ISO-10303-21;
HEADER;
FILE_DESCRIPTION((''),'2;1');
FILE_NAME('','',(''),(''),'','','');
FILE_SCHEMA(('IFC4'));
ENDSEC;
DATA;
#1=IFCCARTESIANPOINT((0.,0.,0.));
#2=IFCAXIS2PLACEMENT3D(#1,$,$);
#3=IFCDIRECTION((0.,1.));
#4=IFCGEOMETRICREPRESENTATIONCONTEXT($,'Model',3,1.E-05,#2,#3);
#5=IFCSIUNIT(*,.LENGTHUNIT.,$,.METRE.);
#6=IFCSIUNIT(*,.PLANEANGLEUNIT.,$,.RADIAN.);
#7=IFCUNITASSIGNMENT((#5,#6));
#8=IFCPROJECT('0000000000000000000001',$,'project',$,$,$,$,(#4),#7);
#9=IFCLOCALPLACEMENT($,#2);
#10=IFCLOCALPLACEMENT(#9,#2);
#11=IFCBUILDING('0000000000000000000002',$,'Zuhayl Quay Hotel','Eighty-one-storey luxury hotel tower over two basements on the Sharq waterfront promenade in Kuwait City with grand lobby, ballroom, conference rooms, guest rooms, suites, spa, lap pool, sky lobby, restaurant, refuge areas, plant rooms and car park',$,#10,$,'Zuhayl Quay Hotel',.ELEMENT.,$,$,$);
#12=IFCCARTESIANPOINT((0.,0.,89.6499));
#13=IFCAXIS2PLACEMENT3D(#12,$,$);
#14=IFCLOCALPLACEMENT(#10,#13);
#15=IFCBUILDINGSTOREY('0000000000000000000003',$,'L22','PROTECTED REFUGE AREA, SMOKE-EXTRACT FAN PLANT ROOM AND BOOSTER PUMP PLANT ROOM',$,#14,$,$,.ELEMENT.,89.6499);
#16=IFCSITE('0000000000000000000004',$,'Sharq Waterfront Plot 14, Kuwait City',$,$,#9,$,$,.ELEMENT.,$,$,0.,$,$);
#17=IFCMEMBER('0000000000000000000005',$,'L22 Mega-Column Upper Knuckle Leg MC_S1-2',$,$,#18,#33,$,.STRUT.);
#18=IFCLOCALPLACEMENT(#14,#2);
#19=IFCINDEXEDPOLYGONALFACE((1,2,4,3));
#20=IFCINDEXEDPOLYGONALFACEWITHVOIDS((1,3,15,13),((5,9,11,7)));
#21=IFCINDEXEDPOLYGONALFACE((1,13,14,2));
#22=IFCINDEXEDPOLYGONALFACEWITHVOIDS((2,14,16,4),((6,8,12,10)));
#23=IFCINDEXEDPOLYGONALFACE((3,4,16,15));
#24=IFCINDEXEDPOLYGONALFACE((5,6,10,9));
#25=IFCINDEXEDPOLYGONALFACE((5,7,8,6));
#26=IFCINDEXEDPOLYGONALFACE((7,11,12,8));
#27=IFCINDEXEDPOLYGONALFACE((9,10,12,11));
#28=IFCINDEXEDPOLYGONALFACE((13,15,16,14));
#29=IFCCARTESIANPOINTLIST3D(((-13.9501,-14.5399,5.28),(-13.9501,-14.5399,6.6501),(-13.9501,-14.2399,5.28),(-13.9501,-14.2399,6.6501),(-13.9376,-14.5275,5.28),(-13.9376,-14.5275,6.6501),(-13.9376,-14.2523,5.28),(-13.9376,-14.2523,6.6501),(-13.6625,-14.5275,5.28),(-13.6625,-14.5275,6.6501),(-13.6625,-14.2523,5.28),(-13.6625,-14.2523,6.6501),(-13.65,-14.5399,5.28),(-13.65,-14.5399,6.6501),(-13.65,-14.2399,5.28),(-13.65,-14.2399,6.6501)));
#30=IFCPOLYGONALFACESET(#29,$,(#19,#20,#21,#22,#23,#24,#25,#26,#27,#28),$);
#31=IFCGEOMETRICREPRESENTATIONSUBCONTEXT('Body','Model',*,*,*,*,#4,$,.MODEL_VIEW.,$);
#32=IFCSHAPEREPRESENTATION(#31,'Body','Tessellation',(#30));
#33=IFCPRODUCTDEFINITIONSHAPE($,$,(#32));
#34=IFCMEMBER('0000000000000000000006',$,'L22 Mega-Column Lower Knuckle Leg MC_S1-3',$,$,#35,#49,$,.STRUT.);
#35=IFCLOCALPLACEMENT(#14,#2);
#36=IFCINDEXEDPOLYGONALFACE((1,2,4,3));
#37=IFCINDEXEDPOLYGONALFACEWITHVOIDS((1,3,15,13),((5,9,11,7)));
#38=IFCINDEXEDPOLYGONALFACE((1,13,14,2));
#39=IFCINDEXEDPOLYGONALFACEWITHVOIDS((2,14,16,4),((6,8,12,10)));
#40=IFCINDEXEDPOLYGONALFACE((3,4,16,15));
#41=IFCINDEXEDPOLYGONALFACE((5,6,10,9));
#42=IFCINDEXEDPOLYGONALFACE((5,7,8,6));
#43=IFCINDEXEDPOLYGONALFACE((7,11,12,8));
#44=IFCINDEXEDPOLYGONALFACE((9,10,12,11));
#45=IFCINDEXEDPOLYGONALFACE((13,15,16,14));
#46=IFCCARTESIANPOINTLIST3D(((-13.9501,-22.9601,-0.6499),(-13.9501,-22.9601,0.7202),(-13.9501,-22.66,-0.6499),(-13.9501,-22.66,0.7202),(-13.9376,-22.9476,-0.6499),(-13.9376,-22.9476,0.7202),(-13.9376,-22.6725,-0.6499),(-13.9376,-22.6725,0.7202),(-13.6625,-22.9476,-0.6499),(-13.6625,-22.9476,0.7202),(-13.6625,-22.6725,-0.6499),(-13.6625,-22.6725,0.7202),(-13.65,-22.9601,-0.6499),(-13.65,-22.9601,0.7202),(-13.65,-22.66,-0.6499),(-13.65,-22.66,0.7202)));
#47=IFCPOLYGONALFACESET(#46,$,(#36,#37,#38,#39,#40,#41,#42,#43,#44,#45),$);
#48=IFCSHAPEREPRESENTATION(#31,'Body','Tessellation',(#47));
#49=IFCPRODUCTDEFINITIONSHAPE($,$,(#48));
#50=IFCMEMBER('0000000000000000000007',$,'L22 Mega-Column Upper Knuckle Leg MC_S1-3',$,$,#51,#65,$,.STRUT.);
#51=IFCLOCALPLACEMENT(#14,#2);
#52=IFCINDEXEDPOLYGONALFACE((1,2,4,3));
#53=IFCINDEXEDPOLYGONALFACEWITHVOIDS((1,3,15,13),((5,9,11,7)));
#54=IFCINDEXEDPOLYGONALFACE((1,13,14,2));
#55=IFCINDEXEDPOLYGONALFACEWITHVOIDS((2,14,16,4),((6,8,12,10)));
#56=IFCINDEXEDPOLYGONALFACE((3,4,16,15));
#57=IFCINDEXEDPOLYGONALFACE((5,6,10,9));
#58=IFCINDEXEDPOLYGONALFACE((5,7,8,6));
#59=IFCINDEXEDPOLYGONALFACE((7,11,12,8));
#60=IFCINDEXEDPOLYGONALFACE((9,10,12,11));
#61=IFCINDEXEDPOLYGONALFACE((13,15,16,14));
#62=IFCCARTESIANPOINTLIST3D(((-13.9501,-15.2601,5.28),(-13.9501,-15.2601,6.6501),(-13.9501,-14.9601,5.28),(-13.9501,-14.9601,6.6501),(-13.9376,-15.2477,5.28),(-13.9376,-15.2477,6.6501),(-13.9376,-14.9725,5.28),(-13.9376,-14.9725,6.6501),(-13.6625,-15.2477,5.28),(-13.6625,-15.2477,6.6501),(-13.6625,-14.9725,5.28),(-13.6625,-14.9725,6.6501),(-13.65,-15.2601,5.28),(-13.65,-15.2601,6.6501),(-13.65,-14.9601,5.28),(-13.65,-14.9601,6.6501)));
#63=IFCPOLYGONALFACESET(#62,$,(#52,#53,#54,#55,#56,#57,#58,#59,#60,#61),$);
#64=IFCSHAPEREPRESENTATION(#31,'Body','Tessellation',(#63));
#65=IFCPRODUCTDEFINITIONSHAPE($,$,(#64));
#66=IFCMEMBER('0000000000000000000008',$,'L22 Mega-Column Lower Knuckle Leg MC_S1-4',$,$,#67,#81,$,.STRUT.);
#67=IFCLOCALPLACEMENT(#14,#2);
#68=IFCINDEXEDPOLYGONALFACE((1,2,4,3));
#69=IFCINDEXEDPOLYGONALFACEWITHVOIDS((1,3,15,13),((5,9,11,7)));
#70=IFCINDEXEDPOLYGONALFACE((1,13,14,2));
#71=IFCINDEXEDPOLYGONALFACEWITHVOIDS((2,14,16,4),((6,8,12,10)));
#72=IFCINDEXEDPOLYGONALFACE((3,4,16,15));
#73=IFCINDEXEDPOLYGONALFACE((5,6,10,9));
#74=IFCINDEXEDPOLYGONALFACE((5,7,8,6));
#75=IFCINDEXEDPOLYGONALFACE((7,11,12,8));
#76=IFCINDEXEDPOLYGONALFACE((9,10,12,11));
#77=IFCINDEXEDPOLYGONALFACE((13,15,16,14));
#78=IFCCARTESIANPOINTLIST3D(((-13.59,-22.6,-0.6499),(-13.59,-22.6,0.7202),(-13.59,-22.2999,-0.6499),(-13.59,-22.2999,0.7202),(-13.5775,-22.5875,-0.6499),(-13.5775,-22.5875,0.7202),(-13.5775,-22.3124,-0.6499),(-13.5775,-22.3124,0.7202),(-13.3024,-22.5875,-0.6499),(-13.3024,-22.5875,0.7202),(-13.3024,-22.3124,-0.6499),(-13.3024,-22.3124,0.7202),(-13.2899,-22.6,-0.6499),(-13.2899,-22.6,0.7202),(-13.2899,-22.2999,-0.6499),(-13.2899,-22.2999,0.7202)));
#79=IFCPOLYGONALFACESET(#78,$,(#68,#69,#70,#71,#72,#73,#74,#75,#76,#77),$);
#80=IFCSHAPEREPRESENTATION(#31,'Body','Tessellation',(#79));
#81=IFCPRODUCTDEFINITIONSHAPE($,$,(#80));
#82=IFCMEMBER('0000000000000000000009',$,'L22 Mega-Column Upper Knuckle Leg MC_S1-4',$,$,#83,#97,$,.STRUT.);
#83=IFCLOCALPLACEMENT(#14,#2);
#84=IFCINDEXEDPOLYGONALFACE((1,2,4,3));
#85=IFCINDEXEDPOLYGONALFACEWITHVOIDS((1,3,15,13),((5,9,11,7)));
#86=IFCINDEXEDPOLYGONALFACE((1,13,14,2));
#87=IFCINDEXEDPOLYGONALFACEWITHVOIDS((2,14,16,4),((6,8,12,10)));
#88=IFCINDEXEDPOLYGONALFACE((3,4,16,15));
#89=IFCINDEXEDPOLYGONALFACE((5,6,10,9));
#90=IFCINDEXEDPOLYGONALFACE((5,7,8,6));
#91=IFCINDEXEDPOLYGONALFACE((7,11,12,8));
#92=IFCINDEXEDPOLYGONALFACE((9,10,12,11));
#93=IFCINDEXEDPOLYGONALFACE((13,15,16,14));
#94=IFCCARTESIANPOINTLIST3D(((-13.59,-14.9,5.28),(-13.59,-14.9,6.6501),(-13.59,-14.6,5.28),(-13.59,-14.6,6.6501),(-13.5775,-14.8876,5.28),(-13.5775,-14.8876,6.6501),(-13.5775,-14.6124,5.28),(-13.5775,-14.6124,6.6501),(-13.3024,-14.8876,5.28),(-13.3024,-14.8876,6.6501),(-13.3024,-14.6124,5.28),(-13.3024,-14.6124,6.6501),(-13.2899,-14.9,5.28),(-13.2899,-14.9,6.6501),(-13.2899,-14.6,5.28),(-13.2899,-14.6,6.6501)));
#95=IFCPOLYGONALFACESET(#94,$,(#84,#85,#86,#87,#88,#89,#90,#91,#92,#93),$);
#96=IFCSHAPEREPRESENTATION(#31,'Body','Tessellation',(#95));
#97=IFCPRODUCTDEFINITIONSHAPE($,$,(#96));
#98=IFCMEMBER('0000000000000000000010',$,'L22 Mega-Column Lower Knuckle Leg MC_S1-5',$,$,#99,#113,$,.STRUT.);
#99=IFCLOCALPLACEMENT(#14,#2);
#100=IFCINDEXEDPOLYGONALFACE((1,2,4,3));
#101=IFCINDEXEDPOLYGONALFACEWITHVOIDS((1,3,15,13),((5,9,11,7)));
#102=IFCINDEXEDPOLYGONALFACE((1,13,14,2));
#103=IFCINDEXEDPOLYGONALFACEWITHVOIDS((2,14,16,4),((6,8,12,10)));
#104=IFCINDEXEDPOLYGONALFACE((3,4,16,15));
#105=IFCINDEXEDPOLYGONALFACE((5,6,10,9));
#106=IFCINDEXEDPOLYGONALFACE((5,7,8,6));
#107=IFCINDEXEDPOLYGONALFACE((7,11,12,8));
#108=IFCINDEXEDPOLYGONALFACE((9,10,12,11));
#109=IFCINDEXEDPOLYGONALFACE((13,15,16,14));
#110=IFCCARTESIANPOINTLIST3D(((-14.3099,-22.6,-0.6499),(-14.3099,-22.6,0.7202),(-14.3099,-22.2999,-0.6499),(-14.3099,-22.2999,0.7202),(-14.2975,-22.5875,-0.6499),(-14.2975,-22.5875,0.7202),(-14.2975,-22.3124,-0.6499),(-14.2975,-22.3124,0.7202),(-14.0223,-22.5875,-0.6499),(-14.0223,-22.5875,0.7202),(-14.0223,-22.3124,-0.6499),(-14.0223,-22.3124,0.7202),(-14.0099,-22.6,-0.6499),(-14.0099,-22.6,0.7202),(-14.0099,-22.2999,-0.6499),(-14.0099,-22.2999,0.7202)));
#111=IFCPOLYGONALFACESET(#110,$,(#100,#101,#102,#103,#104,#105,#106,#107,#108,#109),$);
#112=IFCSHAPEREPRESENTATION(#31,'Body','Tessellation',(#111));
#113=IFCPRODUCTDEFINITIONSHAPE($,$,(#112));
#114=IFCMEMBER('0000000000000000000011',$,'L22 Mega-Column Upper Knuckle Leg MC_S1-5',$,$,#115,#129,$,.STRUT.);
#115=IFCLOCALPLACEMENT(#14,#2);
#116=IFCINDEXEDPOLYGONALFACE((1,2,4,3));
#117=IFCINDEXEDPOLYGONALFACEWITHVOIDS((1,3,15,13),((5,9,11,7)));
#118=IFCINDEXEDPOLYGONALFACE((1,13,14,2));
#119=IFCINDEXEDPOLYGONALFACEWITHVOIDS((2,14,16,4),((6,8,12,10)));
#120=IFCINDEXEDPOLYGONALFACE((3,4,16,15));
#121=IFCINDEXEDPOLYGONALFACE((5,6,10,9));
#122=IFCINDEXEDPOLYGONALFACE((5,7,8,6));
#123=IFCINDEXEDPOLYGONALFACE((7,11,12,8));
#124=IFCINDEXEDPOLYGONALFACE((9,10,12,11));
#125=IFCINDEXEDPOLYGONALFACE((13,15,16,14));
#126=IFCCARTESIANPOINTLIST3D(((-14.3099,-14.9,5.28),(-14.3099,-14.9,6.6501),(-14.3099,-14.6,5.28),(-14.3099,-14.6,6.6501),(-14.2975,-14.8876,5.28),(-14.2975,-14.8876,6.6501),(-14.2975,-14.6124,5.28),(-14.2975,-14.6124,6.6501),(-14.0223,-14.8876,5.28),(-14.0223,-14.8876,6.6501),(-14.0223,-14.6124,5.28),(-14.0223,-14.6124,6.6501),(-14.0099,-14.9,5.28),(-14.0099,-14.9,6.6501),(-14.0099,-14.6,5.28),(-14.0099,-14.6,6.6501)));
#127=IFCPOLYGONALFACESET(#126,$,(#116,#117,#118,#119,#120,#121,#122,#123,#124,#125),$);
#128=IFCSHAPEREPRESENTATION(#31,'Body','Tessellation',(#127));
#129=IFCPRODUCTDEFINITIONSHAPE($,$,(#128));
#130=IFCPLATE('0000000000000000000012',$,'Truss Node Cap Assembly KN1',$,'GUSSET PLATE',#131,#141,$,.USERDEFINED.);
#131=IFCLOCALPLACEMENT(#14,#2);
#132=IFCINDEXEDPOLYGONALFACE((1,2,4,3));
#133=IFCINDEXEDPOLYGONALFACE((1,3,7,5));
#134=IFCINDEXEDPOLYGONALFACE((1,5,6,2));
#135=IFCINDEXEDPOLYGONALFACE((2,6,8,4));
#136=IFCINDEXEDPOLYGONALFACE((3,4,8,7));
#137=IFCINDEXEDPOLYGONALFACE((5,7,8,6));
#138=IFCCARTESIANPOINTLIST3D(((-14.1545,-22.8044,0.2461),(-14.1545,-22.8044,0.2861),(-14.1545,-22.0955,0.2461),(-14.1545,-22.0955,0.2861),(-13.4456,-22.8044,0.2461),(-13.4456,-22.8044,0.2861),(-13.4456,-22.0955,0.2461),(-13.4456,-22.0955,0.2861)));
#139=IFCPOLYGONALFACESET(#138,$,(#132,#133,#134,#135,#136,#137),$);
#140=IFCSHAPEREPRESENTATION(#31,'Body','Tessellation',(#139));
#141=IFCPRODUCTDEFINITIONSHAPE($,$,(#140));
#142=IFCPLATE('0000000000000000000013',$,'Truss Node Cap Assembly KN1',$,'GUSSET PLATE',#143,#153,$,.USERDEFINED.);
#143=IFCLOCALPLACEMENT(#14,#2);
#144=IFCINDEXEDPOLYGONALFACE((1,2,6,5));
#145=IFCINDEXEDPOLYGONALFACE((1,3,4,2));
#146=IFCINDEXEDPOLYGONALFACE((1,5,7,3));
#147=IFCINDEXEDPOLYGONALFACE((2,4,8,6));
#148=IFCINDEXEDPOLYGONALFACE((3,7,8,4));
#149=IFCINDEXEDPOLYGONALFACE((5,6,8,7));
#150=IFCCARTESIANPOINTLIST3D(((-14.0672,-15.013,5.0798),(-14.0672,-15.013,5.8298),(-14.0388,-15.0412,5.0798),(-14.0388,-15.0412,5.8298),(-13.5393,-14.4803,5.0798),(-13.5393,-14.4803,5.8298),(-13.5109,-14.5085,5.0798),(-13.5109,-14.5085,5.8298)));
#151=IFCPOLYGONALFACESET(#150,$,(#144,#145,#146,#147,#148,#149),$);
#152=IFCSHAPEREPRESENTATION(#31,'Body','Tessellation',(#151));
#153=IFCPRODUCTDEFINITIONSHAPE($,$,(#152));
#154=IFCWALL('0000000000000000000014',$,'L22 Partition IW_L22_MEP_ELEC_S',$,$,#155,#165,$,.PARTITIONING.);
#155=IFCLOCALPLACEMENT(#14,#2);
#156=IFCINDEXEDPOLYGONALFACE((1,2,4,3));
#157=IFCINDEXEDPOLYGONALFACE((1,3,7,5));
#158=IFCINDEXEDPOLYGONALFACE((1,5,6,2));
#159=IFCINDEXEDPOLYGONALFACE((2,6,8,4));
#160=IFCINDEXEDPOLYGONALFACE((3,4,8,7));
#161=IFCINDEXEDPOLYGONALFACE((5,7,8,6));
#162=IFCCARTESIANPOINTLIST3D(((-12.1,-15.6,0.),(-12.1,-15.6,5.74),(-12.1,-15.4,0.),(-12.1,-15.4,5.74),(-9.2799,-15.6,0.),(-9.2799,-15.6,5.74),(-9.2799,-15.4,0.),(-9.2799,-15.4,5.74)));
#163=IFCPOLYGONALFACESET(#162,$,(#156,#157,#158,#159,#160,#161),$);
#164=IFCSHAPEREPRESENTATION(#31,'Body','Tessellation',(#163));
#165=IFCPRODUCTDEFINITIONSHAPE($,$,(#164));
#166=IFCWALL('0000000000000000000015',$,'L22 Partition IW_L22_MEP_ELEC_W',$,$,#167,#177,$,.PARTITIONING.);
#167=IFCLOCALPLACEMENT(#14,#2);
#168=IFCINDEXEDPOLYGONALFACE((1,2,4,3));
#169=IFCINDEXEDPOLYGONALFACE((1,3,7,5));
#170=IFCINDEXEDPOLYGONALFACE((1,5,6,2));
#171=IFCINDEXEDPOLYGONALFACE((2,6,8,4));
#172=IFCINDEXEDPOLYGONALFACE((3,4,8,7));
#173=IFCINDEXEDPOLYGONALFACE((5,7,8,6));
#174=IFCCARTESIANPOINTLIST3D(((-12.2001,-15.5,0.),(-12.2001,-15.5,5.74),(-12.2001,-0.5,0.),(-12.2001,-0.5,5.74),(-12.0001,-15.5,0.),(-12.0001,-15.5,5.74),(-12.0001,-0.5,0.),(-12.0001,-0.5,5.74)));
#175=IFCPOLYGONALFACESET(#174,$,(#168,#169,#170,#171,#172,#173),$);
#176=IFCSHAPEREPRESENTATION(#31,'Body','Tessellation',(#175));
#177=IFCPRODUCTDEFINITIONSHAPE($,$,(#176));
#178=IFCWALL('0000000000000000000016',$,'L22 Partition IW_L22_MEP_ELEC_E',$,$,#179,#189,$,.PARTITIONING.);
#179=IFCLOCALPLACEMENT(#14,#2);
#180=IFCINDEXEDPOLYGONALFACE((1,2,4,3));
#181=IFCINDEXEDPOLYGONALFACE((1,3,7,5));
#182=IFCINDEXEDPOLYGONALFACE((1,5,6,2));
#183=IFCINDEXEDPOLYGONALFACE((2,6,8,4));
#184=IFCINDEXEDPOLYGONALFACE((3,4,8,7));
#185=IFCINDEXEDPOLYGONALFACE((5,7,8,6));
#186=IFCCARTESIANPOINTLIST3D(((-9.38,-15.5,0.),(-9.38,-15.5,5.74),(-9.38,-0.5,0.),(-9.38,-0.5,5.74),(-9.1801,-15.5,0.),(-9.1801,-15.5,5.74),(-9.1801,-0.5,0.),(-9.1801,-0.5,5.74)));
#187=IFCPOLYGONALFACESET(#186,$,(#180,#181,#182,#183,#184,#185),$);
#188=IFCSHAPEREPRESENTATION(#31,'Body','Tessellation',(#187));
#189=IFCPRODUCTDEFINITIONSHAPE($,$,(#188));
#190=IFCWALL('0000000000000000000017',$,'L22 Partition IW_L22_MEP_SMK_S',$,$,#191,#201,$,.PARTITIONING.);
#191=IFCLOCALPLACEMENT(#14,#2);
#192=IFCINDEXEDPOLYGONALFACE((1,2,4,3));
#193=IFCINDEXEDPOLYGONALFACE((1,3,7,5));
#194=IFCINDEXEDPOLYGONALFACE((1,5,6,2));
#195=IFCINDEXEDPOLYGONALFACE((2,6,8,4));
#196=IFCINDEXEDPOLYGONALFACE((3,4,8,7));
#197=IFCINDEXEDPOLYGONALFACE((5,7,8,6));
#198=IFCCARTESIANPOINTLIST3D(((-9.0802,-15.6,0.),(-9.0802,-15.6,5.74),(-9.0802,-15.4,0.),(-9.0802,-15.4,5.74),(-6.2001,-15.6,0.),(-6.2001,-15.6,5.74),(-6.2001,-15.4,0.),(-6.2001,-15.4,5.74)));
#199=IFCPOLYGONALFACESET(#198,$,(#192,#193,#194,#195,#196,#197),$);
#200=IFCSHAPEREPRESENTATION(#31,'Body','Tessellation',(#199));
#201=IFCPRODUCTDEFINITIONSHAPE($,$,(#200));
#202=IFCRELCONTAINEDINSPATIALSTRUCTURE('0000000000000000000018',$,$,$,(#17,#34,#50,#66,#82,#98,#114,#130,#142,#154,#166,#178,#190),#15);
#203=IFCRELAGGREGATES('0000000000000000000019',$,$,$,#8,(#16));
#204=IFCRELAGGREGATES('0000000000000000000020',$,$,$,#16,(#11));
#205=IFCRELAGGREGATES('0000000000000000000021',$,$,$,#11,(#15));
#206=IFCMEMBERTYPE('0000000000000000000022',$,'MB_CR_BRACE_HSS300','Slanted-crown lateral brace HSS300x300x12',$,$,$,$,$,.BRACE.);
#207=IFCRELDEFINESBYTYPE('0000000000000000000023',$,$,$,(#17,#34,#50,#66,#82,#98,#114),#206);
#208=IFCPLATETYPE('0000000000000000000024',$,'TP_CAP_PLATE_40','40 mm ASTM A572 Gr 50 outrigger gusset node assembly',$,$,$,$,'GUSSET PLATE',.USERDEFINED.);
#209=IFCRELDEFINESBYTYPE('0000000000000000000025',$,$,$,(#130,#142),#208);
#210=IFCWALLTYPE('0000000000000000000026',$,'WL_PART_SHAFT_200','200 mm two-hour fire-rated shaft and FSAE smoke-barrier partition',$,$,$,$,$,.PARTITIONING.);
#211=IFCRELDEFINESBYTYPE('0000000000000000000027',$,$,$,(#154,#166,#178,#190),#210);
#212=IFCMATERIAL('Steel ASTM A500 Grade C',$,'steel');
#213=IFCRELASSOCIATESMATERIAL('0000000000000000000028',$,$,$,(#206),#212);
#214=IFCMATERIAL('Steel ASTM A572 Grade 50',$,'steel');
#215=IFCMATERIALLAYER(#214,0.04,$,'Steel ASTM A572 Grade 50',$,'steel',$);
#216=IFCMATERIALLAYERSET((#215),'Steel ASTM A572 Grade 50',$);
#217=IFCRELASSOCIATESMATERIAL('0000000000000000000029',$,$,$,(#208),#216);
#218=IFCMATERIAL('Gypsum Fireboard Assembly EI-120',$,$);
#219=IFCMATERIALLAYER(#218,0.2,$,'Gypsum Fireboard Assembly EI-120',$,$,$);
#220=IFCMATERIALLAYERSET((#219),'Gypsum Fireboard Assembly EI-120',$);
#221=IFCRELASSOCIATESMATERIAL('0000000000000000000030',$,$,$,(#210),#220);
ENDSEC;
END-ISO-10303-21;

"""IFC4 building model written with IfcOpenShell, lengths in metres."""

from ifc_helpers import new_model, si_unit, direction, frame, frame_2d, origin, origin_2d, place, context, subcontext, project, spatial, rectangle, hollow_rectangle, extrude, material, layer, layer_set, material_profile, profile_set, type_object, element, save


model = new_model("IFC4")

# Units and contexts
model_context = context("Model", 3, precision=1e-05, world=origin(), true_north=direction((0.0, 1.0)))
body_context = subcontext(model_context, "Body", "Model", "MODEL_VIEW")
ifc_project = project(units=[si_unit("LENGTHUNIT", "METRE"), si_unit("PLANEANGLEUNIT", "RADIAN")], contexts=[model_context])

# Site, building, storey
site_placement = place(None, origin())
site = spatial("IfcSite", under=ifc_project, at=site_placement, Name="Sharq Waterfront Plot 14, Kuwait City", CompositionType="ELEMENT", RefElevation=0.0)
building_placement = place(site_placement, origin())
building = spatial("IfcBuilding", under=site, at=building_placement, Name="Zuhayl Quay Hotel", Description="Eighty-one-storey luxury hotel tower over two basements on the Sharq waterfront promenade in Kuwait City with grand lobby, ballroom, conference rooms, guest rooms, suites, spa, lap pool, sky lobby, restaurant, refuge areas, plant rooms and car park", LongName="Zuhayl Quay Hotel", CompositionType="ELEMENT")
storey_placement = place(building_placement, frame((0.0, 0.0, 89.6499)))
storey = spatial("IfcBuildingStorey", under=building, at=storey_placement, Name="L22", Description="PROTECTED REFUGE AREA, SMOKE-EXTRACT FAN PLANT ROOM AND BOOSTER PUMP PLANT ROOM", CompositionType="ELEMENT", Elevation=89.6499)

# Members
ifc_material_1 = material(Name="Steel ASTM A500 Grade C", Category="steel")
ifc_material_profile_1 = material_profile(ifc_material_1, hollow_rectangle(XDim=0.3, YDim=0.3, WallThickness=0.0125, at=origin_2d()), Name="HSS300X300X12")
ifc_profile_set_1 = profile_set([ifc_material_profile_1], Name="Steel ASTM A500 Grade C")
member_type_1 = type_object("IfcMemberType", Name="MB_CR_BRACE_HSS300", Description="Slanted-crown lateral brace HSS300x300x12", PredefinedType="BRACE", material=ifc_profile_set_1)
for number, where, z_axis, x_axis, name in (
    (1, (-13.8, -14.3899, 5.28), (0.0, 0.0, 1.0), (1.0, 0.0, 0.0), "L22 Mega-Column Upper Knuckle Leg MC_S1-2"),
    (2, (-13.8, -22.8101, -0.6499), (0.0, 0.0, 1.0), (1.0, 0.0, 0.0), "L22 Mega-Column Lower Knuckle Leg MC_S1-3"),
    (3, (-13.8, -15.1101, 5.28), (0.0, 0.0, 1.0), (1.0, 0.0, 0.0), "L22 Mega-Column Upper Knuckle Leg MC_S1-3"),
    (4, (-13.4399, -22.45, -0.6499), (0.0, 0.0, 1.0), (1.0, 0.0, 0.0), "L22 Mega-Column Lower Knuckle Leg MC_S1-4"),
    (5, (-13.4399, -14.75, 5.28), (0.0, 0.0, 1.0), (1.0, 0.0, 0.0), "L22 Mega-Column Upper Knuckle Leg MC_S1-4"),
    (6, (-14.1599, -22.45, -0.6499), (0.0, 0.0, 1.0), (1.0, 0.0, 0.0), "L22 Mega-Column Lower Knuckle Leg MC_S1-5"),
    (7, (-14.1599, -14.75, 5.28), (0.0, 0.0, 1.0), (1.0, 0.0, 0.0), "L22 Mega-Column Upper Knuckle Leg MC_S1-5"),
):
    element("IfcMember", number, at=place(storey_placement, frame(where, z_axis=z_axis, x_axis=x_axis)), inside=storey, type_object=member_type_1, Name=name, PredefinedType="STRUT", context=body_context, shape_type="SweptSolid", body=[
        extrude(hollow_rectangle(XDim=0.3, YDim=0.3, WallThickness=0.0125, at=origin_2d()), origin(), (0.0, 0.0, 1.0), 1.3701),
    ])

# Plates
ifc_material_2 = material(Name="Steel ASTM A572 Grade 50", Category="steel")
ifc_layer_1 = layer(ifc_material_2, 0.04, Name="Steel ASTM A572 Grade 50", Category="steel")
ifc_layer_set_1 = layer_set([ifc_layer_1], Name="Steel ASTM A572 Grade 50")
plate_type = type_object("IfcPlateType", Name="TP_CAP_PLATE_40", Description="40 mm ASTM A572 Gr 50 outrigger gusset node assembly", ElementType="GUSSET PLATE", PredefinedType="USERDEFINED", material=ifc_layer_set_1)
plate_1_placement = place(storey_placement, frame((-13.8, -22.45, 0.2461), z_axis=(0.0, 0.0, 1.0), x_axis=(1.0, 0.0, 0.0)))
element("IfcPlate", 8, at=plate_1_placement, inside=storey, type_object=plate_type, Name="Truss Node Cap Assembly KN1", ObjectType="GUSSET PLATE", PredefinedType="USERDEFINED", context=body_context, shape_type="SweptSolid", body=[
    extrude(rectangle(XDim=0.709, YDim=0.709, at=origin_2d()), origin(), (0.0, 0.0, 1.0), 0.04),
])
plate_2_placement = place(storey_placement, frame((-13.7891, -14.7607, 5.0798), z_axis=(0.0, 0.0, 1.0), x_axis=(0.710308, -0.703891, 0.0)))
element("IfcPlate", 9, at=plate_2_placement, inside=storey, type_object=plate_type, Name="Truss Node Cap Assembly KN1", ObjectType="GUSSET PLATE", PredefinedType="USERDEFINED", context=body_context, shape_type="SweptSolid", body=[
    extrude(rectangle(XDim=0.04, YDim=0.75, at=origin_2d()), origin(), (0.0, 0.0, 1.0), 0.75),
])

# Walls
ifc_material_3 = material(Name="Gypsum Fireboard Assembly EI-120")
ifc_layer_2 = layer(ifc_material_3, 0.2, Name="Gypsum Fireboard Assembly EI-120")
ifc_layer_set_2 = layer_set([ifc_layer_2], Name="Gypsum Fireboard Assembly EI-120")
wall_type = type_object("IfcWallType", Name="WL_PART_SHAFT_200", Description="200 mm two-hour fire-rated shaft and FSAE smoke-barrier partition", PredefinedType="PARTITIONING", material=ifc_layer_set_2)
wall_1_placement = place(storey_placement, frame((-12.1001, -15.5, 0.0), z_axis=(0.0, 0.0, 1.0), x_axis=(1.0, 0.0, 0.0)))
element("IfcWall", 10, at=wall_1_placement, inside=storey, type_object=wall_type, Name="L22 Partition IW_L22_MEP_ELEC_S", PredefinedType="PARTITIONING", context=body_context, shape_type="SweptSolid", body=[
    extrude(rectangle(XDim=2.8201, YDim=0.2, at=frame_2d((1.4102, 0.0))), origin(), (0.0, 0.0, 1.0), 5.74),
])
for number, where, z_axis, x_axis, name in (
    (11, (-12.1001, -15.5, 0.0), (0.0, 0.0, 1.0), (0.0, 1.0, 0.0), "L22 Partition IW_L22_MEP_ELEC_W"),
    (12, (-9.28, -15.5, 0.0), (0.0, 0.0, 1.0), (0.0, 1.0, 0.0), "L22 Partition IW_L22_MEP_ELEC_E"),
):
    element("IfcWall", number, at=place(storey_placement, frame(where, z_axis=z_axis, x_axis=x_axis)), inside=storey, type_object=wall_type, Name=name, PredefinedType="PARTITIONING", context=body_context, shape_type="SweptSolid", body=[
        extrude(rectangle(XDim=15.0, YDim=0.2, at=frame_2d((7.5, 0.0))), origin(), (0.0, 0.0, 1.0), 5.74),
    ])
wall_2_placement = place(storey_placement, frame((-9.0801, -15.5, 0.0), z_axis=(0.0, 0.0, 1.0), x_axis=(1.0, 0.0, 0.0)))
element("IfcWall", 13, at=wall_2_placement, inside=storey, type_object=wall_type, Name="L22 Partition IW_L22_MEP_SMK_S", PredefinedType="PARTITIONING", context=body_context, shape_type="SweptSolid", body=[
    extrude(rectangle(XDim=2.8801, YDim=0.2, at=frame_2d((1.4399, 0.0))), origin(), (0.0, 0.0, 1.0), 5.74),
])

save(model, "model.ifc")
